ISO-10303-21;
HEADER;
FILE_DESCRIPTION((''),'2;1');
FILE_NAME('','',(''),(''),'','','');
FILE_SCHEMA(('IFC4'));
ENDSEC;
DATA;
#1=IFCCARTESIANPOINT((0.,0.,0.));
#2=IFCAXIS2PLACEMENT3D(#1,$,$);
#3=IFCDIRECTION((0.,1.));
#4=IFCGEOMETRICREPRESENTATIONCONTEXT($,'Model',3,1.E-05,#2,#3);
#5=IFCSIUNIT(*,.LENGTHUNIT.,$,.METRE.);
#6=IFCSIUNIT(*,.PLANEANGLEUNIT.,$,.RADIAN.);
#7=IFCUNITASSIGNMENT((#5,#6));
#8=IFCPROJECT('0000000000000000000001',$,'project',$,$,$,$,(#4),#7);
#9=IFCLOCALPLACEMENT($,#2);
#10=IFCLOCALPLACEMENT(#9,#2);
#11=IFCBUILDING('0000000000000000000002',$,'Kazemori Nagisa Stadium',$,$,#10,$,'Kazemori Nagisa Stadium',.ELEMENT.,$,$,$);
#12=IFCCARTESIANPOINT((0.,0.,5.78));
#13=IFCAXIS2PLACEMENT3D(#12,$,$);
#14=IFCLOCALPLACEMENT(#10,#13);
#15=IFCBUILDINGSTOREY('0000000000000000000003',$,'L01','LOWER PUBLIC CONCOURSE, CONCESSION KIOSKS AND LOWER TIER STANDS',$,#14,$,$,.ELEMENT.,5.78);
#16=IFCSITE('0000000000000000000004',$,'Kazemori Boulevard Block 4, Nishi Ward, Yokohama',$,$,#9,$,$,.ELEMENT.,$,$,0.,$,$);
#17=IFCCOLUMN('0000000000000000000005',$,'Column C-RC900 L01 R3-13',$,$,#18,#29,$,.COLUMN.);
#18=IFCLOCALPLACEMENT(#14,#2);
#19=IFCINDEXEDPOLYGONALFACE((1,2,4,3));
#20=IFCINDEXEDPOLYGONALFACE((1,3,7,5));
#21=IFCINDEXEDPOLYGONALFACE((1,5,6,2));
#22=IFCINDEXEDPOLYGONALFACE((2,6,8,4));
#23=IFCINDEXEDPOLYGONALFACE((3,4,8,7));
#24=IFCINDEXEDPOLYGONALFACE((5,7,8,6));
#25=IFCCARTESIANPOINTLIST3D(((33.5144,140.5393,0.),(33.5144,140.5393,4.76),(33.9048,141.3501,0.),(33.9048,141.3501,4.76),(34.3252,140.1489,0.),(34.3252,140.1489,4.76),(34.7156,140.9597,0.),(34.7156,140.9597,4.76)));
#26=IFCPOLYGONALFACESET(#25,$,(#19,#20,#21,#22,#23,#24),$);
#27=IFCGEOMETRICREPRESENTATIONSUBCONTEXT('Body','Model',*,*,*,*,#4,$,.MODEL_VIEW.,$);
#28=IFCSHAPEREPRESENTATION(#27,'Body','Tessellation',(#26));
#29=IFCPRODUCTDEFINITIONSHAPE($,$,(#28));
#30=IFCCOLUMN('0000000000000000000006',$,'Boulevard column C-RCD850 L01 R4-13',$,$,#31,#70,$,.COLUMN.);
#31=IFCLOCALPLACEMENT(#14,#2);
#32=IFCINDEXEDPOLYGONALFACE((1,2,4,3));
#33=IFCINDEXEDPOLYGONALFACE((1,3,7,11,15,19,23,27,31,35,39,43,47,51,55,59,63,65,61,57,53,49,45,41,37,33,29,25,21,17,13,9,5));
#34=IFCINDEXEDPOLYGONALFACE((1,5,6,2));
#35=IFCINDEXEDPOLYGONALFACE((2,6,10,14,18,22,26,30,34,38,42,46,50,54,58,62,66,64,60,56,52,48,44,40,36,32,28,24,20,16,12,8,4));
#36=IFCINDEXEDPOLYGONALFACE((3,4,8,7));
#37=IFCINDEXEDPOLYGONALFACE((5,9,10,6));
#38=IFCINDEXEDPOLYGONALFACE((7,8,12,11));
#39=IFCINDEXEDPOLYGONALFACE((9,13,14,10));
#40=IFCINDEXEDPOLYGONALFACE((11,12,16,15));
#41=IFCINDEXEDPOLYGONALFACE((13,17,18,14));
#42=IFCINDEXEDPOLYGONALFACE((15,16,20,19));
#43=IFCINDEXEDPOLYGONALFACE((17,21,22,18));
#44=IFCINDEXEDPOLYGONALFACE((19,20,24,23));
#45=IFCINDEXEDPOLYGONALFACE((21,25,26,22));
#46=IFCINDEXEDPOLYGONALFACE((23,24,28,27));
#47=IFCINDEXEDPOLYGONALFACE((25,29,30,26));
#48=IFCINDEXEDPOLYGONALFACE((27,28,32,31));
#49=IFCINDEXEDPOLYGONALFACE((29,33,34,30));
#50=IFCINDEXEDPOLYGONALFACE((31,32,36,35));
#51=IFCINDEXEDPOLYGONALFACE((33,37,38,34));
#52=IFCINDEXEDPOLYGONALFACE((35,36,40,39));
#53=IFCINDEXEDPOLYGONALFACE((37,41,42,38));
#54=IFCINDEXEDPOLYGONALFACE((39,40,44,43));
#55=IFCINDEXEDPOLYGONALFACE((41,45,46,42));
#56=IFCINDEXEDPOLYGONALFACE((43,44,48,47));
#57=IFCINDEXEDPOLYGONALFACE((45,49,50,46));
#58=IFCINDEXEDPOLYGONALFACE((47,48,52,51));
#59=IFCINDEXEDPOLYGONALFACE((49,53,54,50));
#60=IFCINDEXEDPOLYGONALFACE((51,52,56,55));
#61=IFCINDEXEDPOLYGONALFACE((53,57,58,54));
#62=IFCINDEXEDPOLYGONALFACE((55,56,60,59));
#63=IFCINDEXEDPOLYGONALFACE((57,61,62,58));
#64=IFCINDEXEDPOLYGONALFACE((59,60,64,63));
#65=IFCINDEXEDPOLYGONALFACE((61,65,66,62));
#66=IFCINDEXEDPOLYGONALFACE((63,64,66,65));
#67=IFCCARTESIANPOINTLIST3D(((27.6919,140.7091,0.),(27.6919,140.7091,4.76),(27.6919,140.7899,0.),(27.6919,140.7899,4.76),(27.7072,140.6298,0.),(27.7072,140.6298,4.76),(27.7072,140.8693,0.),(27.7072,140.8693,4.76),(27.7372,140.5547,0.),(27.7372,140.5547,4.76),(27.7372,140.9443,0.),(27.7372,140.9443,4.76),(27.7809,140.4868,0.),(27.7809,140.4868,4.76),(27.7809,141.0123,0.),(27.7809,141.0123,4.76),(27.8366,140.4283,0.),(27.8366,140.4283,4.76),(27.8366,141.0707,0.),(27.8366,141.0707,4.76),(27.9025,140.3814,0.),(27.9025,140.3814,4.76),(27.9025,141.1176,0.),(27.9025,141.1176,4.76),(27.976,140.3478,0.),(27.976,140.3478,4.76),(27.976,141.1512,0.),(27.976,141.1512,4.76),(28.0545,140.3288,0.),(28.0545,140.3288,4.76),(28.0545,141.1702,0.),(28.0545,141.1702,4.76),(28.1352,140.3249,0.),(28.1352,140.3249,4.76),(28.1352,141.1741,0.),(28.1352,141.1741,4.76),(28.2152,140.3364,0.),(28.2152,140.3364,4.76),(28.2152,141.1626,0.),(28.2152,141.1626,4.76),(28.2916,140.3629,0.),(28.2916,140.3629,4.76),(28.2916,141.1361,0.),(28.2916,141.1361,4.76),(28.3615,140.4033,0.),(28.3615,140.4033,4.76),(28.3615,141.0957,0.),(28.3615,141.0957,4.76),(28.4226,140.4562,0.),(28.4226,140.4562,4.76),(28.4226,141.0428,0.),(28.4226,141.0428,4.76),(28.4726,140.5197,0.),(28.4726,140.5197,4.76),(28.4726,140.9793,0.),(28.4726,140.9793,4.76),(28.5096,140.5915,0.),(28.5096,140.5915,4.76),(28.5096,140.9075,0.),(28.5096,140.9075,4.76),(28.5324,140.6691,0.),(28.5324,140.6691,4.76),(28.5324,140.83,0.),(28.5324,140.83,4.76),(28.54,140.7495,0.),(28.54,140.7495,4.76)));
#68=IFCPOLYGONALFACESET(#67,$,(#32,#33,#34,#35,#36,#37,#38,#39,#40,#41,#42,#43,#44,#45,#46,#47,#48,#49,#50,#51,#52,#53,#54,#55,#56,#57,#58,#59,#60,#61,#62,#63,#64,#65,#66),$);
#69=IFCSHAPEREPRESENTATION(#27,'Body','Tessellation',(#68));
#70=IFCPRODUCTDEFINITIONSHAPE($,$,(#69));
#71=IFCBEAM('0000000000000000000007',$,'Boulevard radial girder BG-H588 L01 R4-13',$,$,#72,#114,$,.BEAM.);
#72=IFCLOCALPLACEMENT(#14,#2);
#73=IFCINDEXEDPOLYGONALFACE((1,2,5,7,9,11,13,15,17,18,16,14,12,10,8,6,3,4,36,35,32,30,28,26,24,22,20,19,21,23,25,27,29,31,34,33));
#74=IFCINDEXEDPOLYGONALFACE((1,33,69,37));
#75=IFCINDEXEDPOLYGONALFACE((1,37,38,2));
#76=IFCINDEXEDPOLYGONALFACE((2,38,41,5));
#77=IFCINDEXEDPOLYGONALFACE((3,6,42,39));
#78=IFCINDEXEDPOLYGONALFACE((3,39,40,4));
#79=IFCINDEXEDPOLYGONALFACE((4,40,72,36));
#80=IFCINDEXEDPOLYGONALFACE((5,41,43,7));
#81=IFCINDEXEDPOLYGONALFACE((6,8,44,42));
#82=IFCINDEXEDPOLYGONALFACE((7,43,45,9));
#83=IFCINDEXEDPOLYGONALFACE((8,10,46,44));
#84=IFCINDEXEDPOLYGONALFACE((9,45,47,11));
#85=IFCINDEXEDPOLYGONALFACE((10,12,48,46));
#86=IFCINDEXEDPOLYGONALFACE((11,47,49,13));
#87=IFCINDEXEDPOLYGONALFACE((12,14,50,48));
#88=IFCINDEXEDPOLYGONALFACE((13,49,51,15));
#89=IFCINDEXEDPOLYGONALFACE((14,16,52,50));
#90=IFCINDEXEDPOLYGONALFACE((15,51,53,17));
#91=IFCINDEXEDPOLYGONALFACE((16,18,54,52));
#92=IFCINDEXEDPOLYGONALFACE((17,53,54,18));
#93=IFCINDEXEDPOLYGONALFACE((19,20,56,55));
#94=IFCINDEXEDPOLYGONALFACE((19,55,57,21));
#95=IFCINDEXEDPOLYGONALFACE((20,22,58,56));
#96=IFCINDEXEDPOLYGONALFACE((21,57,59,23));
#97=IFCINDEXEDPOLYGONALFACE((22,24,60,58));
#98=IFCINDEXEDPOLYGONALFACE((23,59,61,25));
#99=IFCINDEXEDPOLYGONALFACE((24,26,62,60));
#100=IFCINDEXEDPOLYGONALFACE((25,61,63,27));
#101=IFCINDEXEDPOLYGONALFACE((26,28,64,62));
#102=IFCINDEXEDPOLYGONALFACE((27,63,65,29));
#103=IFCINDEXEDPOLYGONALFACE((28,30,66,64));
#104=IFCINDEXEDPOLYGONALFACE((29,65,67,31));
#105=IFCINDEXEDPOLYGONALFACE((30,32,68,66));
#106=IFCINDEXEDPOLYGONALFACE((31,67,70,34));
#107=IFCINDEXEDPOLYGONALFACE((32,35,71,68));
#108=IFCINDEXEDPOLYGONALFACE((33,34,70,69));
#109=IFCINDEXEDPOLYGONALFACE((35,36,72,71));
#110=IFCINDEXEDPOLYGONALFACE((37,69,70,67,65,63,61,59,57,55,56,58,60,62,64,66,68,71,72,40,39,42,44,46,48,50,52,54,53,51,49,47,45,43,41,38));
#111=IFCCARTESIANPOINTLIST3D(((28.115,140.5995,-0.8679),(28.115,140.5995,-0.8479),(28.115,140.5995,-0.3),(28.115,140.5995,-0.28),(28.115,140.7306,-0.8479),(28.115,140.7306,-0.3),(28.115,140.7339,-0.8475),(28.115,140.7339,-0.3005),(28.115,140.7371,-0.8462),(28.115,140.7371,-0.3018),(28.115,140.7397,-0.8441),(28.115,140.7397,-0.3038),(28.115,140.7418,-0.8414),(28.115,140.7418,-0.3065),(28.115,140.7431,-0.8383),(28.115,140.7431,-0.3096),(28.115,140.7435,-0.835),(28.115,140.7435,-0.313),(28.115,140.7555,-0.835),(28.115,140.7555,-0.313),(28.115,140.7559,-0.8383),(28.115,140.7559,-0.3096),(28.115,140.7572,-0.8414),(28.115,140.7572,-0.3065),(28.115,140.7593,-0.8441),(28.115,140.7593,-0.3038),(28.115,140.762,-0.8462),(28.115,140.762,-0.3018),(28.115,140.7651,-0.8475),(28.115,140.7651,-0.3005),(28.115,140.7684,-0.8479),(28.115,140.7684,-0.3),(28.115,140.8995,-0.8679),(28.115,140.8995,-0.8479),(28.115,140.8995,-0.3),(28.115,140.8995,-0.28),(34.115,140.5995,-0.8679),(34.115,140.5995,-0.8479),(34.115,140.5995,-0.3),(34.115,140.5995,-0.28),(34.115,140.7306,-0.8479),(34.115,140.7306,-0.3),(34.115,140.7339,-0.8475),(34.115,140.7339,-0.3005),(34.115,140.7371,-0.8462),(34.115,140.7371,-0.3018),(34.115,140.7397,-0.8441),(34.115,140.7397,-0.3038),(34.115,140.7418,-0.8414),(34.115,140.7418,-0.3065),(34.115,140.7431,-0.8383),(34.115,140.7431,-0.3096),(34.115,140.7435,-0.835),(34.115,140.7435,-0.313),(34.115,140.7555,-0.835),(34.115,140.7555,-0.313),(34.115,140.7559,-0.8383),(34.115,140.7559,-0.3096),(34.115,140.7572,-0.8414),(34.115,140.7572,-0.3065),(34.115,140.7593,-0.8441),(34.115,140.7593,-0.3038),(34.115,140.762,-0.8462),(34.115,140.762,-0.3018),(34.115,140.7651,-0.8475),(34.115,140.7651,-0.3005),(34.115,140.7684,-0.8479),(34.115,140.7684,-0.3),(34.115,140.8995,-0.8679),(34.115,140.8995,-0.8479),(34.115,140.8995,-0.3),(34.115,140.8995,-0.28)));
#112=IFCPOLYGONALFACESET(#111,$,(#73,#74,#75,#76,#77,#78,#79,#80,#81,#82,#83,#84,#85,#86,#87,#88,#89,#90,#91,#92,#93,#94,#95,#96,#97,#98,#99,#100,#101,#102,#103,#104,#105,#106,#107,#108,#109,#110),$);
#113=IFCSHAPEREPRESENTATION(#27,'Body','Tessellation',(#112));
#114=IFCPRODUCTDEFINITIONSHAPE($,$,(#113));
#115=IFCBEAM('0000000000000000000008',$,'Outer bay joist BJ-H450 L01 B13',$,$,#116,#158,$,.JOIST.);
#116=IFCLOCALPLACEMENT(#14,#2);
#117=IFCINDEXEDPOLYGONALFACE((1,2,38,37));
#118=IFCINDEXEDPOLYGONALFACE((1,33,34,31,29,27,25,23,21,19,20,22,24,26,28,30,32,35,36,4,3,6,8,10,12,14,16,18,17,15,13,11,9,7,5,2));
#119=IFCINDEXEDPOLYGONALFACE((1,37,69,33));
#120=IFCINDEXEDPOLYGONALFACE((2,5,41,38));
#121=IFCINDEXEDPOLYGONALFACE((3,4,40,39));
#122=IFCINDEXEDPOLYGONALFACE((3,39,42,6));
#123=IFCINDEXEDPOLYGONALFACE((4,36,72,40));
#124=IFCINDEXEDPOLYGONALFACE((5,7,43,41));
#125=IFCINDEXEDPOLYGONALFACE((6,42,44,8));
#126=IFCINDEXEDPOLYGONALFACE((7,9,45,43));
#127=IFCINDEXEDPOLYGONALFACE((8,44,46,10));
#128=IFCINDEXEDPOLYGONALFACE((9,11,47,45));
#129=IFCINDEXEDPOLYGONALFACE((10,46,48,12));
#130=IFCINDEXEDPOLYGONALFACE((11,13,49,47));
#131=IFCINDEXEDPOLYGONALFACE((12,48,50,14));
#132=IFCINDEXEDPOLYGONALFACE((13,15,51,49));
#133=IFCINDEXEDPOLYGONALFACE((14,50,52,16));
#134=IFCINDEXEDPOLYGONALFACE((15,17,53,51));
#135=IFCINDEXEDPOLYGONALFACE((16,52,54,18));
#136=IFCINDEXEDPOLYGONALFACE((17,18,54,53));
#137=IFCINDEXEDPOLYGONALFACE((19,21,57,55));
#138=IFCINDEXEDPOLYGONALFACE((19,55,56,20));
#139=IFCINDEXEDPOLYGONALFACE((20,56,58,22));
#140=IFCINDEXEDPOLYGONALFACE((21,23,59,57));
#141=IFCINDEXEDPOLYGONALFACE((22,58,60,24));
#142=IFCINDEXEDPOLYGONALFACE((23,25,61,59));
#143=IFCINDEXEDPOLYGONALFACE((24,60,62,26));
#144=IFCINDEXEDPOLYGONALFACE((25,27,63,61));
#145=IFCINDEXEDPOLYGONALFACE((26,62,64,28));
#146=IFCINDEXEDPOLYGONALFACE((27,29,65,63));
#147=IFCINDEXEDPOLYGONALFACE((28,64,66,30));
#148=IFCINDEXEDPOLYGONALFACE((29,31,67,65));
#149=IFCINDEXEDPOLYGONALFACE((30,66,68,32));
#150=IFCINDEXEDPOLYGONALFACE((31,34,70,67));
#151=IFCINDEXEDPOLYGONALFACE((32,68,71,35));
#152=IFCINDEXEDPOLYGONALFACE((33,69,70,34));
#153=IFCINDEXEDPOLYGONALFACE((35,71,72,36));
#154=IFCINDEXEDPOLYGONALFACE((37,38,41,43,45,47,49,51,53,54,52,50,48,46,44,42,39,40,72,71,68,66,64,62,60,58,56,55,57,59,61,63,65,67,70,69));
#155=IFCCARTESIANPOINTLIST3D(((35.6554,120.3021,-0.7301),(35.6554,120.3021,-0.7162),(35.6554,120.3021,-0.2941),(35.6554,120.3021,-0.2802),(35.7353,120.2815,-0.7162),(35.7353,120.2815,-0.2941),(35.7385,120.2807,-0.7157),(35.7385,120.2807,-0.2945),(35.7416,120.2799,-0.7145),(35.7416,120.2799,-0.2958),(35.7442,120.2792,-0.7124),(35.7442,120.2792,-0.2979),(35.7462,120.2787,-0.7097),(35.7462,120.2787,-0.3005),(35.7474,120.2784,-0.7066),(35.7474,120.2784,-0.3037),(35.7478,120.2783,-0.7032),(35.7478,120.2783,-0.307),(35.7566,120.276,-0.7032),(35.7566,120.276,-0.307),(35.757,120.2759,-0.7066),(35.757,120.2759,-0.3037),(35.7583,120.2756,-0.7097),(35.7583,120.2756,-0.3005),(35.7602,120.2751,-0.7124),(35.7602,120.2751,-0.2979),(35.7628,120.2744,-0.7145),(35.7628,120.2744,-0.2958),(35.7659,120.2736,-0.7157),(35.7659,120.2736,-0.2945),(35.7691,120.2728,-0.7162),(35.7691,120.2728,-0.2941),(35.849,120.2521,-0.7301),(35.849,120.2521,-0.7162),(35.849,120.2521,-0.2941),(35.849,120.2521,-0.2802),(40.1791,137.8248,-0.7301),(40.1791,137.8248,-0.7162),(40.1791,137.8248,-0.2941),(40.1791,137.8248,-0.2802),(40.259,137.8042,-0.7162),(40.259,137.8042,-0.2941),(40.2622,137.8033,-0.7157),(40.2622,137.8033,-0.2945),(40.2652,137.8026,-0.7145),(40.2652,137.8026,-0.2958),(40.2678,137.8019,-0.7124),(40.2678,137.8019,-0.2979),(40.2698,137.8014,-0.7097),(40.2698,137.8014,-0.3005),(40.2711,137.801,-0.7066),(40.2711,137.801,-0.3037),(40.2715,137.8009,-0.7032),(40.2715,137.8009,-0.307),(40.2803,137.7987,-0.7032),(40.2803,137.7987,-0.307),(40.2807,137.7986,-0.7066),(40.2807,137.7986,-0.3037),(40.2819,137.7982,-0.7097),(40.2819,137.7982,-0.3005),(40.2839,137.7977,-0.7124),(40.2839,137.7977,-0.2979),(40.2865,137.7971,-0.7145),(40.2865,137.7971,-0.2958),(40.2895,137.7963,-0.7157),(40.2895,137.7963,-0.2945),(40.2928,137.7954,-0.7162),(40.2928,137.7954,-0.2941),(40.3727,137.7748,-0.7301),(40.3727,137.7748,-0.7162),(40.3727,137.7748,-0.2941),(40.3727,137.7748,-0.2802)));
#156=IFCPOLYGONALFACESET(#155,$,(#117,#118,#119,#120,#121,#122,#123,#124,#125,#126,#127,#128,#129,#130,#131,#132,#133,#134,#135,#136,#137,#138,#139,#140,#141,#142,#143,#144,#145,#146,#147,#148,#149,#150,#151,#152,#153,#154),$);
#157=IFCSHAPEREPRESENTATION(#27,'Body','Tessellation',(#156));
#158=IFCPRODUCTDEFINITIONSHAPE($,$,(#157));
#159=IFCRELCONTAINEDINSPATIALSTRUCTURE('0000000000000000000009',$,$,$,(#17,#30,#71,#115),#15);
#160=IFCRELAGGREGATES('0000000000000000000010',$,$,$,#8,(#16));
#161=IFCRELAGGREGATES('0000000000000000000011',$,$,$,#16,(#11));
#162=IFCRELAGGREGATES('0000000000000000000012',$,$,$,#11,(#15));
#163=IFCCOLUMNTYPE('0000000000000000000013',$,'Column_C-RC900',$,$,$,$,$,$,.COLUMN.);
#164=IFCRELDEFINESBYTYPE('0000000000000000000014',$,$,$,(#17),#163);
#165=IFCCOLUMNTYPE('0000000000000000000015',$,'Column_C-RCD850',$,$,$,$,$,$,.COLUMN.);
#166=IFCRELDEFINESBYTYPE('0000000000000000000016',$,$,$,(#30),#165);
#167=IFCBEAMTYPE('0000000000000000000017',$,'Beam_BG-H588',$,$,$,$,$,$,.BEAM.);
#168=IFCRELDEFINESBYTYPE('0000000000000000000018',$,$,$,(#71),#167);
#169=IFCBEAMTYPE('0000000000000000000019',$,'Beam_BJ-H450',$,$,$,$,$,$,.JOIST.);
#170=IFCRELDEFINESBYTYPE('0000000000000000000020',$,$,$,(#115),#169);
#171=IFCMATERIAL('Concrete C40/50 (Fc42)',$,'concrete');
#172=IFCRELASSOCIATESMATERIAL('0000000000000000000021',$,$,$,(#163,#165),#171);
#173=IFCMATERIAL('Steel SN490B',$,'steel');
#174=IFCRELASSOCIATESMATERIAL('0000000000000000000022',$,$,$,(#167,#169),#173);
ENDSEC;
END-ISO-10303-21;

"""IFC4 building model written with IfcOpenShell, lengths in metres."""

from ifc_helpers import new_model, si_unit, direction, frame, origin, origin_2d, place, context, subcontext, project, spatial, rectangle, circle, i_section, extrude, material, material_profile, profile_set, type_object, element, save


model = new_model("IFC4")

# Units and contexts
model_context = context("Model", 3, precision=1e-05, world=origin(), true_north=direction((0.0, 1.0)))
body_context = subcontext(model_context, "Body", "Model", "MODEL_VIEW")
ifc_project = project(units=[si_unit("LENGTHUNIT", "METRE"), si_unit("PLANEANGLEUNIT", "RADIAN")], contexts=[model_context])

# Site, building, storey
site_placement = place(None, origin())
site = spatial("IfcSite", under=ifc_project, at=site_placement, Name="Kazemori Boulevard Block 4, Nishi Ward, Yokohama", CompositionType="ELEMENT", RefElevation=0.0)
building_placement = place(site_placement, origin())
building = spatial("IfcBuilding", under=site, at=building_placement, Name="Kazemori Nagisa Stadium", LongName="Kazemori Nagisa Stadium", CompositionType="ELEMENT")
storey_placement = place(building_placement, frame((0.0, 0.0, 5.78)))
storey = spatial("IfcBuildingStorey", under=building, at=storey_placement, Name="L01", Description="LOWER PUBLIC CONCOURSE, CONCESSION KIOSKS AND LOWER TIER STANDS", CompositionType="ELEMENT", Elevation=5.78)

# Columns
ifc_material_1 = material(Name="Concrete C40/50 (Fc42)", Category="concrete")
ifc_material_profile_1 = material_profile(ifc_material_1, rectangle(XDim=0.8999, YDim=0.8999, at=origin_2d()), Name="RC-COL-900x900")
ifc_profile_set_1 = profile_set([ifc_material_profile_1], Name="Concrete C40/50 (Fc42)")
column_type_1 = type_object("IfcColumnType", Name="Column_C-RC900", PredefinedType="COLUMN", material=ifc_profile_set_1)
column_1_placement = place(storey_placement, frame((34.115, 140.7495, 0.0), z_axis=(0.0, 0.0, 1.0), x_axis=(-0.900969, 0.433884, 0.0)))
element("IfcColumn", 1, at=column_1_placement, inside=storey, type_object=column_type_1, Name="Column C-RC900 L01 R3-13", PredefinedType="COLUMN", context=body_context, shape_type="SweptSolid", body=[
    extrude(rectangle(XDim=0.8999, YDim=0.8999, at=origin_2d()), origin(), (0.0, 0.0, 1.0), 4.76),
])
ifc_material_profile_2 = material_profile(ifc_material_1, circle(Radius=0.425, at=origin_2d()), Name="RC-COL-D850")
ifc_profile_set_2 = profile_set([ifc_material_profile_2], Name="Concrete C40/50 (Fc42)")
column_type_2 = type_object("IfcColumnType", Name="Column_C-RCD850", PredefinedType="COLUMN", material=ifc_profile_set_2)
column_2_placement = place(storey_placement, frame((28.115, 140.7495, 0.0), z_axis=(0.0, 0.0, 1.0), x_axis=(1.0, 0.0, 0.0)))
element("IfcColumn", 2, at=column_2_placement, inside=storey, type_object=column_type_2, Name="Boulevard column C-RCD850 L01 R4-13", PredefinedType="COLUMN", context=body_context, shape_type="SweptSolid", body=[
    extrude(circle(Radius=0.425, at=origin_2d()), origin(), (0.0, 0.0, 1.0), 4.76),
])

# Beams
ifc_material_2 = material(Name="Steel SN490B", Category="steel")
ifc_material_profile_3 = material_profile(ifc_material_2, i_section(OverallWidth=0.3, OverallDepth=0.5879, WebThickness=0.012, FlangeThickness=0.02, FilletRadius=0.0129, at=origin_2d()), Name="H-588x300x12x20")
ifc_profile_set_3 = profile_set([ifc_material_profile_3], Name="Steel SN490B")
beam_type_1 = type_object("IfcBeamType", Name="Beam_BG-H588", PredefinedType="BEAM", material=ifc_profile_set_3)
beam_1_placement = place(storey_placement, frame((34.115, 140.7495, -0.574), z_axis=(-1.0, 0.0, 0.0), x_axis=(0.0, -1.0, 0.0)))
element("IfcBeam", 3, at=beam_1_placement, inside=storey, type_object=beam_type_1, Name="Boulevard radial girder BG-H588 L01 R4-13", PredefinedType="BEAM", context=body_context, shape_type="SweptSolid", body=[
    extrude(i_section(OverallWidth=0.3, OverallDepth=0.5879, WebThickness=0.012, FlangeThickness=0.02, FilletRadius=0.0129, at=origin_2d()), origin(), (0.0, 0.0, 1.0), 6.0),
])
ifc_material_profile_4 = material_profile(ifc_material_2, i_section(OverallWidth=0.2, OverallDepth=0.45, WebThickness=0.009, FlangeThickness=0.0139, FilletRadius=0.0129, at=origin_2d()), Name="H-450x200x9x14")
ifc_profile_set_4 = profile_set([ifc_material_profile_4], Name="Steel SN490B")
beam_type_2 = type_object("IfcBeamType", Name="Beam_BJ-H450", PredefinedType="JOIST", material=ifc_profile_set_4)
beam_2_placement = place(storey_placement, frame((40.2759, 137.7998, -0.5051), z_axis=(-0.249966, -0.968255, 0.0), x_axis=(0.968255, -0.249966, 0.0)))
element("IfcBeam", 4, at=beam_2_placement, inside=storey, type_object=beam_type_2, Name="Outer bay joist BJ-H450 L01 B13", PredefinedType="JOIST", context=body_context, shape_type="SweptSolid", body=[
    extrude(i_section(OverallWidth=0.2, OverallDepth=0.45, WebThickness=0.009, FlangeThickness=0.0139, FilletRadius=0.0129, at=origin_2d()), origin(), (0.0, 0.0, 1.0), 18.0972),
])

save(model, "model.ifc")
